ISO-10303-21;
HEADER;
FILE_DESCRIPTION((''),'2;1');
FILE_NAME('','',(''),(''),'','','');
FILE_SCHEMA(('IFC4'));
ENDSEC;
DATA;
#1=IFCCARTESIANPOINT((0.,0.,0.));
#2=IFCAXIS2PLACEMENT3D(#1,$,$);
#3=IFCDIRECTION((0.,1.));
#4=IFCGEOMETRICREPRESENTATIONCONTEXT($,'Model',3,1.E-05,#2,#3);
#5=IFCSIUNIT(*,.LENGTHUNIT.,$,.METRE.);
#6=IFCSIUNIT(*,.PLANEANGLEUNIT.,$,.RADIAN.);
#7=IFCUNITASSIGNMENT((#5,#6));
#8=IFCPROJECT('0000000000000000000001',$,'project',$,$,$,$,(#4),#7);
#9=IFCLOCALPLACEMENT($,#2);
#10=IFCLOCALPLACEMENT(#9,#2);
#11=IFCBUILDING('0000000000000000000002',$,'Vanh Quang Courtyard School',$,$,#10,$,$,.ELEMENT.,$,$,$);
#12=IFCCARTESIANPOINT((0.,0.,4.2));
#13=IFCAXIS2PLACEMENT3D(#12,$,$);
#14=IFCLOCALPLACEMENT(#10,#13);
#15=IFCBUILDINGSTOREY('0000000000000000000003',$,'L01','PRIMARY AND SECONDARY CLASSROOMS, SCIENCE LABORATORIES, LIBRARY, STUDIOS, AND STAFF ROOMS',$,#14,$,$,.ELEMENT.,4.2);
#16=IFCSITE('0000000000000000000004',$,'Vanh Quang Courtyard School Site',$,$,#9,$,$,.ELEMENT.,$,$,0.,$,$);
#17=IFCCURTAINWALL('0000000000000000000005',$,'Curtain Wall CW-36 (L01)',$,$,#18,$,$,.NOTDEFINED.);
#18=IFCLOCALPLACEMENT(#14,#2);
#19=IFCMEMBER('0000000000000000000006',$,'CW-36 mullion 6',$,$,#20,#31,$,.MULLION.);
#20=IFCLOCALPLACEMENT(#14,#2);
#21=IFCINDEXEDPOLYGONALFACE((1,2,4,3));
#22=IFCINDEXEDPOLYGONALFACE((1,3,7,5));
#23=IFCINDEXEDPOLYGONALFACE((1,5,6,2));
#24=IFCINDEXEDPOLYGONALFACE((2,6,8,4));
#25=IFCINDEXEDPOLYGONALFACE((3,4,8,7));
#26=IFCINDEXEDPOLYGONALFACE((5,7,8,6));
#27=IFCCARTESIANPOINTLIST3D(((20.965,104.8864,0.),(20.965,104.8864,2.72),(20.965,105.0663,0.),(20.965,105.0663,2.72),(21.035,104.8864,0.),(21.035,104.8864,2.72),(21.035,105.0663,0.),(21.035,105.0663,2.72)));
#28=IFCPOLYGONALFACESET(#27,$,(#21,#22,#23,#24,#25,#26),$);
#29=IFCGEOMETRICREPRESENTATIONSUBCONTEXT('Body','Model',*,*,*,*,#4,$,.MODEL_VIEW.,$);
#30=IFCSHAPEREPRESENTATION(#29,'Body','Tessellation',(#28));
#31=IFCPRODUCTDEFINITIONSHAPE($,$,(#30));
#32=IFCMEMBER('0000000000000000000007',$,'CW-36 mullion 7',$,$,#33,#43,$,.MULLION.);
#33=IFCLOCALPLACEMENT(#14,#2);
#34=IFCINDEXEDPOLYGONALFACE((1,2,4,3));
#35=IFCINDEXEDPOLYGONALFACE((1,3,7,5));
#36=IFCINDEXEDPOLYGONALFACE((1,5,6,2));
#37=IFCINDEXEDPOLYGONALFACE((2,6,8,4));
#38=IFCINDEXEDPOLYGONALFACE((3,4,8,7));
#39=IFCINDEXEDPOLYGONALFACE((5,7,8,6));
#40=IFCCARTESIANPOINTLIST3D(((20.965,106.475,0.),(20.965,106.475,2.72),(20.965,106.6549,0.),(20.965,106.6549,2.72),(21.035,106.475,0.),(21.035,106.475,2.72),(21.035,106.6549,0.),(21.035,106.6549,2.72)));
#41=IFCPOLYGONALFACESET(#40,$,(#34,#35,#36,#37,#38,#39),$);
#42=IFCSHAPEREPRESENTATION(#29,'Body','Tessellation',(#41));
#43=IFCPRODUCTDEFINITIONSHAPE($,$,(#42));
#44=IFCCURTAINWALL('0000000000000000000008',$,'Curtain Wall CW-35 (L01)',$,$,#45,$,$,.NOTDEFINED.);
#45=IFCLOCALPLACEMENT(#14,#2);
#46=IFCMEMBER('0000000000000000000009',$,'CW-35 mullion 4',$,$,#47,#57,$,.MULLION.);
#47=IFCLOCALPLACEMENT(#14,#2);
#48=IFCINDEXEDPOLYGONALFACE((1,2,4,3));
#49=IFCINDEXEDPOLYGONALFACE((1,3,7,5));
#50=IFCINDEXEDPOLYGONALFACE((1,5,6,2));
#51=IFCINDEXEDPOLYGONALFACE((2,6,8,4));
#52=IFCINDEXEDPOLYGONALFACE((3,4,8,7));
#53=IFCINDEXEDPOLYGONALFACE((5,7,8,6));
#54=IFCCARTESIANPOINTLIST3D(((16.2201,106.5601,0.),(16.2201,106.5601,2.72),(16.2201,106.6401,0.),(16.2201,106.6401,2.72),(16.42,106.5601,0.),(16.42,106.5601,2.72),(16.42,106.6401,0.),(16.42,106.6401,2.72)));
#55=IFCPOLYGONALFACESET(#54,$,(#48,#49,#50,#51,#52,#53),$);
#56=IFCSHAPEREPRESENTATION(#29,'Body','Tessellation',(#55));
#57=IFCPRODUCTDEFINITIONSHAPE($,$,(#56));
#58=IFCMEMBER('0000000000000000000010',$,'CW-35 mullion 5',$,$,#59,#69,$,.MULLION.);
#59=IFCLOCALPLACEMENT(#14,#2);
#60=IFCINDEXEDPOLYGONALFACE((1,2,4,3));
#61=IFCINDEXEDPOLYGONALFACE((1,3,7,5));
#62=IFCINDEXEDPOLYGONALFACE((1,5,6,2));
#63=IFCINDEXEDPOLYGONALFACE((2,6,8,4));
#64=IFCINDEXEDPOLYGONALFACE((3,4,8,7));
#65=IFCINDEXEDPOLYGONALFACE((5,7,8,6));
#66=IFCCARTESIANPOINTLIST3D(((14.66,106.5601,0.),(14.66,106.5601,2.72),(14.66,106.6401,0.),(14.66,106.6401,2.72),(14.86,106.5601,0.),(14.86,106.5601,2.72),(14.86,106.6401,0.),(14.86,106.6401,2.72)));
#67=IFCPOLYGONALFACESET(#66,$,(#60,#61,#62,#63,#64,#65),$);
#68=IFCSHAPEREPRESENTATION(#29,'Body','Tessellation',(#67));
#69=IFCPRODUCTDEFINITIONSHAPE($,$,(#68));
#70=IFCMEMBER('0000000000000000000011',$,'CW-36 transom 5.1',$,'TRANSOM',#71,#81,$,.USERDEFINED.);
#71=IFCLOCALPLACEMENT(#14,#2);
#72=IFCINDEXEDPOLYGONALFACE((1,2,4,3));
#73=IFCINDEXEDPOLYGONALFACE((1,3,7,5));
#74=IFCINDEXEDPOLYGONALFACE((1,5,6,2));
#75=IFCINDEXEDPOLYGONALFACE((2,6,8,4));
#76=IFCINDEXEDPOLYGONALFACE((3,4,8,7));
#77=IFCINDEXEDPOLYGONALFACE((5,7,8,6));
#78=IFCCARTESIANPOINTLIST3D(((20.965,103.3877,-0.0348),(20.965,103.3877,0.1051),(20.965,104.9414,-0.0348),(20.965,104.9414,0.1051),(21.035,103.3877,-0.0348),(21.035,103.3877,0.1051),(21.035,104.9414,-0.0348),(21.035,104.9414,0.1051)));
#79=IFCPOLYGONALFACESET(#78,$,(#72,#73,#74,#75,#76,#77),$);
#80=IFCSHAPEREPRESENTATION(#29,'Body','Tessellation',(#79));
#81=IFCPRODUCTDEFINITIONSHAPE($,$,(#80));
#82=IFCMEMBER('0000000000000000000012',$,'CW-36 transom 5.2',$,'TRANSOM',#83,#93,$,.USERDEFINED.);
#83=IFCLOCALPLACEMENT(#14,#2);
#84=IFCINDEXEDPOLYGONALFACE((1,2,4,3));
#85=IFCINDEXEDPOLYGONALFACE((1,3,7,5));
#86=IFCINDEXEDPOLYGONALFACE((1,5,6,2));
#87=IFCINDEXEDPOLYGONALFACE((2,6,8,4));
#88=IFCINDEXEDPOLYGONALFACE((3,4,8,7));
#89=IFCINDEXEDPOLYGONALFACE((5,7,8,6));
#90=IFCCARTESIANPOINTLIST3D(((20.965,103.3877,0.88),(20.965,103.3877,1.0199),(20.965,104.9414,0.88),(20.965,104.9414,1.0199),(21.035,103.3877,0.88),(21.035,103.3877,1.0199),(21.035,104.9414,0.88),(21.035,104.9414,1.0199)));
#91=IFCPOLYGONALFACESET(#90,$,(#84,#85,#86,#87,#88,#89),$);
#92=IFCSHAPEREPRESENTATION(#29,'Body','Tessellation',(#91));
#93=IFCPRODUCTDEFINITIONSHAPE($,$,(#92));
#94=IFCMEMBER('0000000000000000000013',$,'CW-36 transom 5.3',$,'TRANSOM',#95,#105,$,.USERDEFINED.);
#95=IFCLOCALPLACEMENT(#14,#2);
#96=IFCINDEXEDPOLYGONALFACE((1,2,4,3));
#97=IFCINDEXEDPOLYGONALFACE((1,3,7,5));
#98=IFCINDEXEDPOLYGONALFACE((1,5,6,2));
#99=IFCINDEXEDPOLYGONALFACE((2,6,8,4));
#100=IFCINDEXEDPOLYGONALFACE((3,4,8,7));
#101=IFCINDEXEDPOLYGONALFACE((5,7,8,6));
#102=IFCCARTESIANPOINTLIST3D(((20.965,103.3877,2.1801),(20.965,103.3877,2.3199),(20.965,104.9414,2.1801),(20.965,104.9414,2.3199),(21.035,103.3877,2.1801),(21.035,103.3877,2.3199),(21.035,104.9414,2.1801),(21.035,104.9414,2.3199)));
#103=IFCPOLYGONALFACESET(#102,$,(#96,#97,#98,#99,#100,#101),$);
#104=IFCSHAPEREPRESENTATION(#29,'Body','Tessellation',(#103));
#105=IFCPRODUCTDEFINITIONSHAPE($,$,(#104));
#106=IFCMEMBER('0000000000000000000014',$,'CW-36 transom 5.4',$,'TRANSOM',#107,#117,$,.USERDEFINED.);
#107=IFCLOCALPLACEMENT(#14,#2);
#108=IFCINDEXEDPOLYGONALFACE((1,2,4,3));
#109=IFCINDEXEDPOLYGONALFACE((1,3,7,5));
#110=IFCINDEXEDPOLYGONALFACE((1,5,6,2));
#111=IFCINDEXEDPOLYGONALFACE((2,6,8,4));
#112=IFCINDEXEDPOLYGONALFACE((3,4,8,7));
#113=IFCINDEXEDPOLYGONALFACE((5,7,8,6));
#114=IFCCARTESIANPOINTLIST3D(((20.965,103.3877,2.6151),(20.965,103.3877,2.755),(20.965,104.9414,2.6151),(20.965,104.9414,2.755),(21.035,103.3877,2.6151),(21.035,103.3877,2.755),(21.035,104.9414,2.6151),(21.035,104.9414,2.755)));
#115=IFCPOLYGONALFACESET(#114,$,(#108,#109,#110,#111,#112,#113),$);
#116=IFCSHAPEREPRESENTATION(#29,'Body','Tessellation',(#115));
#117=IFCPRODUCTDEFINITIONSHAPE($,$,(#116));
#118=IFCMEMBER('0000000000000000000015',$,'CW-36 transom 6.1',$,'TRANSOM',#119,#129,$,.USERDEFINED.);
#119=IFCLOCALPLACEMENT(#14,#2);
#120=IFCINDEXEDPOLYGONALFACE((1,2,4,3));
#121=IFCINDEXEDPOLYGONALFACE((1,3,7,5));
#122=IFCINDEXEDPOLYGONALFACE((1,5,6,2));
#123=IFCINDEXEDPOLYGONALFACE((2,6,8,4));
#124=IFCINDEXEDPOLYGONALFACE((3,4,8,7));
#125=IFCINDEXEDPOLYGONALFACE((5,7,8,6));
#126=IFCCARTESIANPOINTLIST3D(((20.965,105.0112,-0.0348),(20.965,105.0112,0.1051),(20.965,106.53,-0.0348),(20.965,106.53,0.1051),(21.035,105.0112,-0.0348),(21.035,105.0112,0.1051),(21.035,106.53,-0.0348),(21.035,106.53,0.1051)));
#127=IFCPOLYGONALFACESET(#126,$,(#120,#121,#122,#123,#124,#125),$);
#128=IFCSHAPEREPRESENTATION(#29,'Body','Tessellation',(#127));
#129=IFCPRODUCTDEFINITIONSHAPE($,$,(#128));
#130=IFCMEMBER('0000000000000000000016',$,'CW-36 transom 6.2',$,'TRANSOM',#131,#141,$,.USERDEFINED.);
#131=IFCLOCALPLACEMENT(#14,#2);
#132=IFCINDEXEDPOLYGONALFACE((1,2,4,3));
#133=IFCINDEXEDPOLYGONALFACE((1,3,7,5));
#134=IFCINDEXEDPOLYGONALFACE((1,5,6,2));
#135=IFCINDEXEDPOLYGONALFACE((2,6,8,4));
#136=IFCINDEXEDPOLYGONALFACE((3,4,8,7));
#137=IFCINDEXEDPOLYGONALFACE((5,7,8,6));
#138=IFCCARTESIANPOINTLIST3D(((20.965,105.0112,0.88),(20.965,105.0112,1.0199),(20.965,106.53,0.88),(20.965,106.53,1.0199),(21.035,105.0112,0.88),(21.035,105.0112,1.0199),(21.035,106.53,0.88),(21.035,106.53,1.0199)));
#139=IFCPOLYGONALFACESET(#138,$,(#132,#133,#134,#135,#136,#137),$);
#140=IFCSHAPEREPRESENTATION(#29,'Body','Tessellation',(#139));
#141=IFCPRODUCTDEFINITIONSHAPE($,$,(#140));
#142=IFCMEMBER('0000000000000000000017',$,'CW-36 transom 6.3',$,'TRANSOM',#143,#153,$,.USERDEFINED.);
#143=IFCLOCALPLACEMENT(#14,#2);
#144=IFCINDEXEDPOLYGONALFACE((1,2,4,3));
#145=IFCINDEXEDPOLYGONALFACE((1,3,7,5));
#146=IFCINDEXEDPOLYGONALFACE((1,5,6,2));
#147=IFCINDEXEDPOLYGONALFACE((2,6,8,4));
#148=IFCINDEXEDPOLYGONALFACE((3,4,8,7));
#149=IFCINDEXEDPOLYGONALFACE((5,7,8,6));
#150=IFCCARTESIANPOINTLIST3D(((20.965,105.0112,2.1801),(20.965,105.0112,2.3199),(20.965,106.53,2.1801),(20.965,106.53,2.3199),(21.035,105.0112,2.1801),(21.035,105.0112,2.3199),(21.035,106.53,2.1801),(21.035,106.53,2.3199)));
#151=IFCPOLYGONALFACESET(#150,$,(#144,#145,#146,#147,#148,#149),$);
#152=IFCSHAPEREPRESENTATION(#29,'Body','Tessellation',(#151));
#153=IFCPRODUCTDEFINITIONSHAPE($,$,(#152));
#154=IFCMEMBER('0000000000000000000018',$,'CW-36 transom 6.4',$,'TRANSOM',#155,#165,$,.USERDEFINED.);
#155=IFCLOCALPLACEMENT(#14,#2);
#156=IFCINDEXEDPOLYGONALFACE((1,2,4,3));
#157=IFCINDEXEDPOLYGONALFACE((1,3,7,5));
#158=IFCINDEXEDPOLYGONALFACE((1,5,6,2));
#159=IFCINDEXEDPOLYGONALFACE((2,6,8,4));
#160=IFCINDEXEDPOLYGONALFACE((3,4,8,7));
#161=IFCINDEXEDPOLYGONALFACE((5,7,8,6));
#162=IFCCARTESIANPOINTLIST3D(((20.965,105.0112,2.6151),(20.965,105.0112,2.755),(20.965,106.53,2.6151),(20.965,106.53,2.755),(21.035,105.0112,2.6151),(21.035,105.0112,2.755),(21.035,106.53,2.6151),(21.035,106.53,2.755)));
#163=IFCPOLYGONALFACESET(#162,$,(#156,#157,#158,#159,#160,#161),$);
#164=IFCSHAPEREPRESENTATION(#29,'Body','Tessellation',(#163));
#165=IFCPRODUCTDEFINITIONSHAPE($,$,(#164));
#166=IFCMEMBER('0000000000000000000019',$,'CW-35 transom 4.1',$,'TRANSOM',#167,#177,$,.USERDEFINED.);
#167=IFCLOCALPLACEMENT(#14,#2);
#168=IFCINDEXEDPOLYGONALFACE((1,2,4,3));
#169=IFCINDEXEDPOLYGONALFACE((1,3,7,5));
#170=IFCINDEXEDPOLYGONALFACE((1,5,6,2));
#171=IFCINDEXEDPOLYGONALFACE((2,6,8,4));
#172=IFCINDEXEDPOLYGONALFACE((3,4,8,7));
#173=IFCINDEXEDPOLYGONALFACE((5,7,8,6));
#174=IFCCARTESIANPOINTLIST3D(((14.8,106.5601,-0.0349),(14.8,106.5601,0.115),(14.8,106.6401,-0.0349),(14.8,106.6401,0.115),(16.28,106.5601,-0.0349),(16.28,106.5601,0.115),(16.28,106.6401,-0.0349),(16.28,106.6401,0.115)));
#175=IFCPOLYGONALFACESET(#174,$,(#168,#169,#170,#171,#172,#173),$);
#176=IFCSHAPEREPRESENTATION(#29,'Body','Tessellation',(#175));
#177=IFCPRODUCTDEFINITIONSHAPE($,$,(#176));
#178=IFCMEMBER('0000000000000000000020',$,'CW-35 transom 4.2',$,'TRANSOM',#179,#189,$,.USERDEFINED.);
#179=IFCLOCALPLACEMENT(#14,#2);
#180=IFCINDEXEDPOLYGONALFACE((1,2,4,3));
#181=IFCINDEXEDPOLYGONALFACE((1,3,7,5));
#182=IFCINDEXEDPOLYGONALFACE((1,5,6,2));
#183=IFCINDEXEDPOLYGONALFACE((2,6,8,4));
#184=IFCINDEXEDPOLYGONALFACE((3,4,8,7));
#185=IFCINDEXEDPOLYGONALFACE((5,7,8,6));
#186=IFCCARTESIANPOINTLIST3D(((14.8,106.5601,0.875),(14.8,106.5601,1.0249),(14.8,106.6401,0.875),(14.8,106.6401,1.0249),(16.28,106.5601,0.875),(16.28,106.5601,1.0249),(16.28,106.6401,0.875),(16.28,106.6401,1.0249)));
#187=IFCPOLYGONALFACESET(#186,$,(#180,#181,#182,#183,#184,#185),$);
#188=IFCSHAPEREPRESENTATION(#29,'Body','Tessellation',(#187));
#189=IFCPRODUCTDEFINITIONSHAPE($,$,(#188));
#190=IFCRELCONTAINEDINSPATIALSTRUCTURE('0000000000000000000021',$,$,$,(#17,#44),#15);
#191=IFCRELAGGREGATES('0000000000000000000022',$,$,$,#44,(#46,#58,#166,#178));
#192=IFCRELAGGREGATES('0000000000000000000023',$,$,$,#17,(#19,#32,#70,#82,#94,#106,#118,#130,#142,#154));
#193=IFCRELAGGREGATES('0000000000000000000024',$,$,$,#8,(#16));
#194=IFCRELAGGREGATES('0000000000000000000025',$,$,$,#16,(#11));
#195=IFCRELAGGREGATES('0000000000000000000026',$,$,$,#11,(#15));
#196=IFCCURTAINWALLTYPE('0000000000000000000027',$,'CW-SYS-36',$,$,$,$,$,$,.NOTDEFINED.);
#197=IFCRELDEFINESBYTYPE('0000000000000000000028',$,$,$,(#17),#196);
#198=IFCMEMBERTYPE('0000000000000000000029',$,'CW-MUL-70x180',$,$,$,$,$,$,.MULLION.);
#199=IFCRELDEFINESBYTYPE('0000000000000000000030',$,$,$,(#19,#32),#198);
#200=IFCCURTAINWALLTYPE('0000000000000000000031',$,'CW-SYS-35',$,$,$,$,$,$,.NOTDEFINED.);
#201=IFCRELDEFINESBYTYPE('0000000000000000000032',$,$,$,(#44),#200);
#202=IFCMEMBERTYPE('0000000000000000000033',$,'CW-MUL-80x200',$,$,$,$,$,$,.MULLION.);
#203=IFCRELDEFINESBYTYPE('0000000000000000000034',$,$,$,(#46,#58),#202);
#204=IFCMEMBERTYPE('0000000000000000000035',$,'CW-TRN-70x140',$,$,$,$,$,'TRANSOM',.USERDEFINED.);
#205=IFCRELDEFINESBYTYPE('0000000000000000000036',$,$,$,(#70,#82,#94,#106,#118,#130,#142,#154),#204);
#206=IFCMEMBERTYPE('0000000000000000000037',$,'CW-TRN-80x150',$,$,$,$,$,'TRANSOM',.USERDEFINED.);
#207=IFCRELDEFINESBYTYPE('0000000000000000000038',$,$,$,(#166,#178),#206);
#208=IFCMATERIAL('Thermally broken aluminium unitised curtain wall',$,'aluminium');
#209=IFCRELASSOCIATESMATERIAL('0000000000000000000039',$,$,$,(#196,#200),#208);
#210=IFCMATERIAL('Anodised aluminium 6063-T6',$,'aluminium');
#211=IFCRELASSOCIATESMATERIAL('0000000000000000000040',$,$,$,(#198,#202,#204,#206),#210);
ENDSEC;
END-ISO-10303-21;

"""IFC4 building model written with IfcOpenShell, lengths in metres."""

from ifc_helpers import new_model, si_unit, direction, frame, origin, origin_2d, place, context, subcontext, project, spatial, rectangle, extrude, material, material_profile, profile_set, type_object, element, aggregate, save


model = new_model("IFC4")

# Units and contexts
model_context = context("Model", 3, precision=1e-05, world=origin(), true_north=direction((0.0, 1.0)))
body_context = subcontext(model_context, "Body", "Model", "MODEL_VIEW")
ifc_project = project(units=[si_unit("LENGTHUNIT", "METRE"), si_unit("PLANEANGLEUNIT", "RADIAN")], contexts=[model_context])

# Site, building, storey
site_placement = place(None, origin())
site = spatial("IfcSite", under=ifc_project, at=site_placement, Name="Vanh Quang Courtyard School Site", CompositionType="ELEMENT", RefElevation=0.0)
building_placement = place(site_placement, origin())
building = spatial("IfcBuilding", under=site, at=building_placement, Name="Vanh Quang Courtyard School", CompositionType="ELEMENT")
storey_placement = place(building_placement, frame((0.0, 0.0, 4.2)))
storey = spatial("IfcBuildingStorey", under=building, at=storey_placement, Name="L01", Description="PRIMARY AND SECONDARY CLASSROOMS, SCIENCE LABORATORIES, LIBRARY, STUDIOS, AND STAFF ROOMS", CompositionType="ELEMENT", Elevation=4.2)

# Curtain walls, members
ifc_material_1 = material(Name="Thermally broken aluminium unitised curtain wall", Category="aluminium")
curtain_wall_type_1 = type_object("IfcCurtainWallType", Name="CW-SYS-36", PredefinedType="NOTDEFINED", material=ifc_material_1)
curtain_wall_1_placement = place(storey_placement, origin())
curtain_wall_1 = element("IfcCurtainWall", 1, at=curtain_wall_1_placement, inside=storey, type_object=curtain_wall_type_1, Name="Curtain Wall CW-36 (L01)", PredefinedType="NOTDEFINED")
ifc_material_2 = material(Name="Anodised aluminium 6063-T6", Category="aluminium")
ifc_material_profile_1 = material_profile(ifc_material_2, rectangle(XDim=0.0701, YDim=0.1799, at=origin_2d()), Name="ALU-MUL 70x180")
ifc_profile_set_1 = profile_set([ifc_material_profile_1], Name="Anodised aluminium 6063-T6")
member_type_1 = type_object("IfcMemberType", Name="CW-MUL-70x180", PredefinedType="MULLION", material=ifc_profile_set_1)
member_1_placement = place(storey_placement, frame((21.0, 104.9763, 0.0), z_axis=(0.0, 0.0, 1.0), x_axis=(-1.0, 0.0, 0.0)))
member_1 = element("IfcMember", 2, at=member_1_placement, type_object=member_type_1, Name="CW-36 mullion 6", PredefinedType="MULLION", context=body_context, shape_type="SweptSolid", body=[
    extrude(rectangle(XDim=0.0701, YDim=0.1799, at=origin_2d()), origin(), (0.0, 0.0, 1.0), 2.72),
])
member_2_placement = place(storey_placement, frame((21.0, 106.5649, 0.0), z_axis=(0.0, 0.0, 1.0), x_axis=(-1.0, 0.0, 0.0)))
member_2 = element("IfcMember", 3, at=member_2_placement, type_object=member_type_1, Name="CW-36 mullion 7", PredefinedType="MULLION", context=body_context, shape_type="SweptSolid", body=[
    extrude(rectangle(XDim=0.0701, YDim=0.1799, at=origin_2d()), origin(), (0.0, 0.0, 1.0), 2.72),
])
curtain_wall_type_2 = type_object("IfcCurtainWallType", Name="CW-SYS-35", PredefinedType="NOTDEFINED", material=ifc_material_1)
curtain_wall_2_placement = place(storey_placement, origin())
curtain_wall_2 = element("IfcCurtainWall", 4, at=curtain_wall_2_placement, inside=storey, type_object=curtain_wall_type_2, Name="Curtain Wall CW-35 (L01)", PredefinedType="NOTDEFINED")
ifc_material_profile_2 = material_profile(ifc_material_2, rectangle(XDim=0.0801, YDim=0.2, at=origin_2d()), Name="ALU-MUL 80x200")
ifc_profile_set_2 = profile_set([ifc_material_profile_2], Name="Anodised aluminium 6063-T6")
member_type_2 = type_object("IfcMemberType", Name="CW-MUL-80x200", PredefinedType="MULLION", material=ifc_profile_set_2)
member_3_placement = place(storey_placement, frame((16.3201, 106.6001, 0.0), z_axis=(0.0, 0.0, 1.0), x_axis=(0.0, -1.0, 0.0)))
member_3 = element("IfcMember", 5, at=member_3_placement, type_object=member_type_2, Name="CW-35 mullion 4", PredefinedType="MULLION", context=body_context, shape_type="SweptSolid", body=[
    extrude(rectangle(XDim=0.0801, YDim=0.2, at=origin_2d()), origin(), (0.0, 0.0, 1.0), 2.72),
])
member_4_placement = place(storey_placement, frame((14.76, 106.6001, 0.0), z_axis=(0.0, 0.0, 1.0), x_axis=(0.0, -1.0, 0.0)))
member_4 = element("IfcMember", 6, at=member_4_placement, type_object=member_type_2, Name="CW-35 mullion 5", PredefinedType="MULLION", context=body_context, shape_type="SweptSolid", body=[
    extrude(rectangle(XDim=0.0801, YDim=0.2, at=origin_2d()), origin(), (0.0, 0.0, 1.0), 2.72),
])

# Members
ifc_material_profile_3 = material_profile(ifc_material_2, rectangle(XDim=0.0701, YDim=0.1399, at=origin_2d()), Name="ALU-TRN 70x140")
ifc_profile_set_3 = profile_set([ifc_material_profile_3], Name="Anodised aluminium 6063-T6")
member_type_3 = type_object("IfcMemberType", Name="CW-TRN-70x140", ElementType="TRANSOM", PredefinedType="USERDEFINED", material=ifc_profile_set_3)
member_5_placement = place(storey_placement, frame((21.0, 103.3877, 0.0352), z_axis=(0.0, 1.0, 0.0), x_axis=(-1.0, 0.0, 0.0)))
member_5 = element("IfcMember", 7, at=member_5_placement, type_object=member_type_3, Name="CW-36 transom 5.1", ObjectType="TRANSOM", PredefinedType="USERDEFINED", context=body_context, shape_type="SweptSolid", body=[
    extrude(rectangle(XDim=0.0701, YDim=0.1399, at=origin_2d()), origin(), (0.0, 0.0, 1.0), 1.5537),
])
member_6_placement = place(storey_placement, frame((21.0, 103.3877, 0.95), z_axis=(0.0, 1.0, 0.0), x_axis=(-1.0, 0.0, 0.0)))
member_6 = element("IfcMember", 8, at=member_6_placement, type_object=member_type_3, Name="CW-36 transom 5.2", ObjectType="TRANSOM", PredefinedType="USERDEFINED", context=body_context, shape_type="SweptSolid", body=[
    extrude(rectangle(XDim=0.0701, YDim=0.1399, at=origin_2d()), origin(), (0.0, 0.0, 1.0), 1.5537),
])
member_7_placement = place(storey_placement, frame((21.0, 103.3877, 2.25), z_axis=(0.0, 1.0, 0.0), x_axis=(-1.0, 0.0, 0.0)))
member_7 = element("IfcMember", 9, at=member_7_placement, type_object=member_type_3, Name="CW-36 transom 5.3", ObjectType="TRANSOM", PredefinedType="USERDEFINED", context=body_context, shape_type="SweptSolid", body=[
    extrude(rectangle(XDim=0.0701, YDim=0.1399, at=origin_2d()), origin(), (0.0, 0.0, 1.0), 1.5537),
])
member_8_placement = place(storey_placement, frame((21.0, 103.3877, 2.6851), z_axis=(0.0, 1.0, 0.0), x_axis=(-1.0, 0.0, 0.0)))
member_8 = element("IfcMember", 10, at=member_8_placement, type_object=member_type_3, Name="CW-36 transom 5.4", ObjectType="TRANSOM", PredefinedType="USERDEFINED", context=body_context, shape_type="SweptSolid", body=[
    extrude(rectangle(XDim=0.0701, YDim=0.1399, at=origin_2d()), origin(), (0.0, 0.0, 1.0), 1.5537),
])
member_9_placement = place(storey_placement, frame((21.0, 105.0112, 0.0352), z_axis=(0.0, 1.0, 0.0), x_axis=(-1.0, 0.0, 0.0)))
member_9 = element("IfcMember", 11, at=member_9_placement, type_object=member_type_3, Name="CW-36 transom 6.1", ObjectType="TRANSOM", PredefinedType="USERDEFINED", context=body_context, shape_type="SweptSolid", body=[
    extrude(rectangle(XDim=0.0701, YDim=0.1399, at=origin_2d()), origin(), (0.0, 0.0, 1.0), 1.5188),
])
member_10_placement = place(storey_placement, frame((21.0, 105.0112, 0.95), z_axis=(0.0, 1.0, 0.0), x_axis=(-1.0, 0.0, 0.0)))
member_10 = element("IfcMember", 12, at=member_10_placement, type_object=member_type_3, Name="CW-36 transom 6.2", ObjectType="TRANSOM", PredefinedType="USERDEFINED", context=body_context, shape_type="SweptSolid", body=[
    extrude(rectangle(XDim=0.0701, YDim=0.1399, at=origin_2d()), origin(), (0.0, 0.0, 1.0), 1.5188),
])
member_11_placement = place(storey_placement, frame((21.0, 105.0112, 2.25), z_axis=(0.0, 1.0, 0.0), x_axis=(-1.0, 0.0, 0.0)))
member_11 = element("IfcMember", 13, at=member_11_placement, type_object=member_type_3, Name="CW-36 transom 6.3", ObjectType="TRANSOM", PredefinedType="USERDEFINED", context=body_context, shape_type="SweptSolid", body=[
    extrude(rectangle(XDim=0.0701, YDim=0.1399, at=origin_2d()), origin(), (0.0, 0.0, 1.0), 1.5188),
])
member_12_placement = place(storey_placement, frame((21.0, 105.0112, 2.6851), z_axis=(0.0, 1.0, 0.0), x_axis=(-1.0, 0.0, 0.0)))
member_12 = element("IfcMember", 14, at=member_12_placement, type_object=member_type_3, Name="CW-36 transom 6.4", ObjectType="TRANSOM", PredefinedType="USERDEFINED", context=body_context, shape_type="SweptSolid", body=[
    extrude(rectangle(XDim=0.0701, YDim=0.1399, at=origin_2d()), origin(), (0.0, 0.0, 1.0), 1.5188),
])
ifc_material_profile_4 = material_profile(ifc_material_2, rectangle(XDim=0.0801, YDim=0.1499, at=origin_2d()), Name="ALU-TRN 80x150")
ifc_profile_set_4 = profile_set([ifc_material_profile_4], Name="Anodised aluminium 6063-T6")
member_type_4 = type_object("IfcMemberType", Name="CW-TRN-80x150", ElementType="TRANSOM", PredefinedType="USERDEFINED", material=ifc_profile_set_4)
member_13_placement = place(storey_placement, frame((16.28, 106.6001, 0.04), z_axis=(-1.0, 0.0, 0.0), x_axis=(0.0, -1.0, 0.0)))
member_13 = element("IfcMember", 15, at=member_13_placement, type_object=member_type_4, Name="CW-35 transom 4.1", ObjectType="TRANSOM", PredefinedType="USERDEFINED", context=body_context, shape_type="SweptSolid", body=[
    extrude(rectangle(XDim=0.0801, YDim=0.1499, at=origin_2d()), origin(), (0.0, 0.0, 1.0), 1.48),
])
member_14_placement = place(storey_placement, frame((16.28, 106.6001, 0.95), z_axis=(-1.0, 0.0, 0.0), x_axis=(0.0, -1.0, 0.0)))
member_14 = element("IfcMember", 16, at=member_14_placement, type_object=member_type_4, Name="CW-35 transom 4.2", ObjectType="TRANSOM", PredefinedType="USERDEFINED", context=body_context, shape_type="SweptSolid", body=[
    extrude(rectangle(XDim=0.0801, YDim=0.1499, at=origin_2d()), origin(), (0.0, 0.0, 1.0), 1.48),
])

aggregate(curtain_wall_2, [member_3, member_4, member_13, member_14])
aggregate(curtain_wall_1, [member_1, member_2, member_5, member_6, member_7, member_8, member_9, member_10, member_11, member_12])

save(model, "model.ifc")
